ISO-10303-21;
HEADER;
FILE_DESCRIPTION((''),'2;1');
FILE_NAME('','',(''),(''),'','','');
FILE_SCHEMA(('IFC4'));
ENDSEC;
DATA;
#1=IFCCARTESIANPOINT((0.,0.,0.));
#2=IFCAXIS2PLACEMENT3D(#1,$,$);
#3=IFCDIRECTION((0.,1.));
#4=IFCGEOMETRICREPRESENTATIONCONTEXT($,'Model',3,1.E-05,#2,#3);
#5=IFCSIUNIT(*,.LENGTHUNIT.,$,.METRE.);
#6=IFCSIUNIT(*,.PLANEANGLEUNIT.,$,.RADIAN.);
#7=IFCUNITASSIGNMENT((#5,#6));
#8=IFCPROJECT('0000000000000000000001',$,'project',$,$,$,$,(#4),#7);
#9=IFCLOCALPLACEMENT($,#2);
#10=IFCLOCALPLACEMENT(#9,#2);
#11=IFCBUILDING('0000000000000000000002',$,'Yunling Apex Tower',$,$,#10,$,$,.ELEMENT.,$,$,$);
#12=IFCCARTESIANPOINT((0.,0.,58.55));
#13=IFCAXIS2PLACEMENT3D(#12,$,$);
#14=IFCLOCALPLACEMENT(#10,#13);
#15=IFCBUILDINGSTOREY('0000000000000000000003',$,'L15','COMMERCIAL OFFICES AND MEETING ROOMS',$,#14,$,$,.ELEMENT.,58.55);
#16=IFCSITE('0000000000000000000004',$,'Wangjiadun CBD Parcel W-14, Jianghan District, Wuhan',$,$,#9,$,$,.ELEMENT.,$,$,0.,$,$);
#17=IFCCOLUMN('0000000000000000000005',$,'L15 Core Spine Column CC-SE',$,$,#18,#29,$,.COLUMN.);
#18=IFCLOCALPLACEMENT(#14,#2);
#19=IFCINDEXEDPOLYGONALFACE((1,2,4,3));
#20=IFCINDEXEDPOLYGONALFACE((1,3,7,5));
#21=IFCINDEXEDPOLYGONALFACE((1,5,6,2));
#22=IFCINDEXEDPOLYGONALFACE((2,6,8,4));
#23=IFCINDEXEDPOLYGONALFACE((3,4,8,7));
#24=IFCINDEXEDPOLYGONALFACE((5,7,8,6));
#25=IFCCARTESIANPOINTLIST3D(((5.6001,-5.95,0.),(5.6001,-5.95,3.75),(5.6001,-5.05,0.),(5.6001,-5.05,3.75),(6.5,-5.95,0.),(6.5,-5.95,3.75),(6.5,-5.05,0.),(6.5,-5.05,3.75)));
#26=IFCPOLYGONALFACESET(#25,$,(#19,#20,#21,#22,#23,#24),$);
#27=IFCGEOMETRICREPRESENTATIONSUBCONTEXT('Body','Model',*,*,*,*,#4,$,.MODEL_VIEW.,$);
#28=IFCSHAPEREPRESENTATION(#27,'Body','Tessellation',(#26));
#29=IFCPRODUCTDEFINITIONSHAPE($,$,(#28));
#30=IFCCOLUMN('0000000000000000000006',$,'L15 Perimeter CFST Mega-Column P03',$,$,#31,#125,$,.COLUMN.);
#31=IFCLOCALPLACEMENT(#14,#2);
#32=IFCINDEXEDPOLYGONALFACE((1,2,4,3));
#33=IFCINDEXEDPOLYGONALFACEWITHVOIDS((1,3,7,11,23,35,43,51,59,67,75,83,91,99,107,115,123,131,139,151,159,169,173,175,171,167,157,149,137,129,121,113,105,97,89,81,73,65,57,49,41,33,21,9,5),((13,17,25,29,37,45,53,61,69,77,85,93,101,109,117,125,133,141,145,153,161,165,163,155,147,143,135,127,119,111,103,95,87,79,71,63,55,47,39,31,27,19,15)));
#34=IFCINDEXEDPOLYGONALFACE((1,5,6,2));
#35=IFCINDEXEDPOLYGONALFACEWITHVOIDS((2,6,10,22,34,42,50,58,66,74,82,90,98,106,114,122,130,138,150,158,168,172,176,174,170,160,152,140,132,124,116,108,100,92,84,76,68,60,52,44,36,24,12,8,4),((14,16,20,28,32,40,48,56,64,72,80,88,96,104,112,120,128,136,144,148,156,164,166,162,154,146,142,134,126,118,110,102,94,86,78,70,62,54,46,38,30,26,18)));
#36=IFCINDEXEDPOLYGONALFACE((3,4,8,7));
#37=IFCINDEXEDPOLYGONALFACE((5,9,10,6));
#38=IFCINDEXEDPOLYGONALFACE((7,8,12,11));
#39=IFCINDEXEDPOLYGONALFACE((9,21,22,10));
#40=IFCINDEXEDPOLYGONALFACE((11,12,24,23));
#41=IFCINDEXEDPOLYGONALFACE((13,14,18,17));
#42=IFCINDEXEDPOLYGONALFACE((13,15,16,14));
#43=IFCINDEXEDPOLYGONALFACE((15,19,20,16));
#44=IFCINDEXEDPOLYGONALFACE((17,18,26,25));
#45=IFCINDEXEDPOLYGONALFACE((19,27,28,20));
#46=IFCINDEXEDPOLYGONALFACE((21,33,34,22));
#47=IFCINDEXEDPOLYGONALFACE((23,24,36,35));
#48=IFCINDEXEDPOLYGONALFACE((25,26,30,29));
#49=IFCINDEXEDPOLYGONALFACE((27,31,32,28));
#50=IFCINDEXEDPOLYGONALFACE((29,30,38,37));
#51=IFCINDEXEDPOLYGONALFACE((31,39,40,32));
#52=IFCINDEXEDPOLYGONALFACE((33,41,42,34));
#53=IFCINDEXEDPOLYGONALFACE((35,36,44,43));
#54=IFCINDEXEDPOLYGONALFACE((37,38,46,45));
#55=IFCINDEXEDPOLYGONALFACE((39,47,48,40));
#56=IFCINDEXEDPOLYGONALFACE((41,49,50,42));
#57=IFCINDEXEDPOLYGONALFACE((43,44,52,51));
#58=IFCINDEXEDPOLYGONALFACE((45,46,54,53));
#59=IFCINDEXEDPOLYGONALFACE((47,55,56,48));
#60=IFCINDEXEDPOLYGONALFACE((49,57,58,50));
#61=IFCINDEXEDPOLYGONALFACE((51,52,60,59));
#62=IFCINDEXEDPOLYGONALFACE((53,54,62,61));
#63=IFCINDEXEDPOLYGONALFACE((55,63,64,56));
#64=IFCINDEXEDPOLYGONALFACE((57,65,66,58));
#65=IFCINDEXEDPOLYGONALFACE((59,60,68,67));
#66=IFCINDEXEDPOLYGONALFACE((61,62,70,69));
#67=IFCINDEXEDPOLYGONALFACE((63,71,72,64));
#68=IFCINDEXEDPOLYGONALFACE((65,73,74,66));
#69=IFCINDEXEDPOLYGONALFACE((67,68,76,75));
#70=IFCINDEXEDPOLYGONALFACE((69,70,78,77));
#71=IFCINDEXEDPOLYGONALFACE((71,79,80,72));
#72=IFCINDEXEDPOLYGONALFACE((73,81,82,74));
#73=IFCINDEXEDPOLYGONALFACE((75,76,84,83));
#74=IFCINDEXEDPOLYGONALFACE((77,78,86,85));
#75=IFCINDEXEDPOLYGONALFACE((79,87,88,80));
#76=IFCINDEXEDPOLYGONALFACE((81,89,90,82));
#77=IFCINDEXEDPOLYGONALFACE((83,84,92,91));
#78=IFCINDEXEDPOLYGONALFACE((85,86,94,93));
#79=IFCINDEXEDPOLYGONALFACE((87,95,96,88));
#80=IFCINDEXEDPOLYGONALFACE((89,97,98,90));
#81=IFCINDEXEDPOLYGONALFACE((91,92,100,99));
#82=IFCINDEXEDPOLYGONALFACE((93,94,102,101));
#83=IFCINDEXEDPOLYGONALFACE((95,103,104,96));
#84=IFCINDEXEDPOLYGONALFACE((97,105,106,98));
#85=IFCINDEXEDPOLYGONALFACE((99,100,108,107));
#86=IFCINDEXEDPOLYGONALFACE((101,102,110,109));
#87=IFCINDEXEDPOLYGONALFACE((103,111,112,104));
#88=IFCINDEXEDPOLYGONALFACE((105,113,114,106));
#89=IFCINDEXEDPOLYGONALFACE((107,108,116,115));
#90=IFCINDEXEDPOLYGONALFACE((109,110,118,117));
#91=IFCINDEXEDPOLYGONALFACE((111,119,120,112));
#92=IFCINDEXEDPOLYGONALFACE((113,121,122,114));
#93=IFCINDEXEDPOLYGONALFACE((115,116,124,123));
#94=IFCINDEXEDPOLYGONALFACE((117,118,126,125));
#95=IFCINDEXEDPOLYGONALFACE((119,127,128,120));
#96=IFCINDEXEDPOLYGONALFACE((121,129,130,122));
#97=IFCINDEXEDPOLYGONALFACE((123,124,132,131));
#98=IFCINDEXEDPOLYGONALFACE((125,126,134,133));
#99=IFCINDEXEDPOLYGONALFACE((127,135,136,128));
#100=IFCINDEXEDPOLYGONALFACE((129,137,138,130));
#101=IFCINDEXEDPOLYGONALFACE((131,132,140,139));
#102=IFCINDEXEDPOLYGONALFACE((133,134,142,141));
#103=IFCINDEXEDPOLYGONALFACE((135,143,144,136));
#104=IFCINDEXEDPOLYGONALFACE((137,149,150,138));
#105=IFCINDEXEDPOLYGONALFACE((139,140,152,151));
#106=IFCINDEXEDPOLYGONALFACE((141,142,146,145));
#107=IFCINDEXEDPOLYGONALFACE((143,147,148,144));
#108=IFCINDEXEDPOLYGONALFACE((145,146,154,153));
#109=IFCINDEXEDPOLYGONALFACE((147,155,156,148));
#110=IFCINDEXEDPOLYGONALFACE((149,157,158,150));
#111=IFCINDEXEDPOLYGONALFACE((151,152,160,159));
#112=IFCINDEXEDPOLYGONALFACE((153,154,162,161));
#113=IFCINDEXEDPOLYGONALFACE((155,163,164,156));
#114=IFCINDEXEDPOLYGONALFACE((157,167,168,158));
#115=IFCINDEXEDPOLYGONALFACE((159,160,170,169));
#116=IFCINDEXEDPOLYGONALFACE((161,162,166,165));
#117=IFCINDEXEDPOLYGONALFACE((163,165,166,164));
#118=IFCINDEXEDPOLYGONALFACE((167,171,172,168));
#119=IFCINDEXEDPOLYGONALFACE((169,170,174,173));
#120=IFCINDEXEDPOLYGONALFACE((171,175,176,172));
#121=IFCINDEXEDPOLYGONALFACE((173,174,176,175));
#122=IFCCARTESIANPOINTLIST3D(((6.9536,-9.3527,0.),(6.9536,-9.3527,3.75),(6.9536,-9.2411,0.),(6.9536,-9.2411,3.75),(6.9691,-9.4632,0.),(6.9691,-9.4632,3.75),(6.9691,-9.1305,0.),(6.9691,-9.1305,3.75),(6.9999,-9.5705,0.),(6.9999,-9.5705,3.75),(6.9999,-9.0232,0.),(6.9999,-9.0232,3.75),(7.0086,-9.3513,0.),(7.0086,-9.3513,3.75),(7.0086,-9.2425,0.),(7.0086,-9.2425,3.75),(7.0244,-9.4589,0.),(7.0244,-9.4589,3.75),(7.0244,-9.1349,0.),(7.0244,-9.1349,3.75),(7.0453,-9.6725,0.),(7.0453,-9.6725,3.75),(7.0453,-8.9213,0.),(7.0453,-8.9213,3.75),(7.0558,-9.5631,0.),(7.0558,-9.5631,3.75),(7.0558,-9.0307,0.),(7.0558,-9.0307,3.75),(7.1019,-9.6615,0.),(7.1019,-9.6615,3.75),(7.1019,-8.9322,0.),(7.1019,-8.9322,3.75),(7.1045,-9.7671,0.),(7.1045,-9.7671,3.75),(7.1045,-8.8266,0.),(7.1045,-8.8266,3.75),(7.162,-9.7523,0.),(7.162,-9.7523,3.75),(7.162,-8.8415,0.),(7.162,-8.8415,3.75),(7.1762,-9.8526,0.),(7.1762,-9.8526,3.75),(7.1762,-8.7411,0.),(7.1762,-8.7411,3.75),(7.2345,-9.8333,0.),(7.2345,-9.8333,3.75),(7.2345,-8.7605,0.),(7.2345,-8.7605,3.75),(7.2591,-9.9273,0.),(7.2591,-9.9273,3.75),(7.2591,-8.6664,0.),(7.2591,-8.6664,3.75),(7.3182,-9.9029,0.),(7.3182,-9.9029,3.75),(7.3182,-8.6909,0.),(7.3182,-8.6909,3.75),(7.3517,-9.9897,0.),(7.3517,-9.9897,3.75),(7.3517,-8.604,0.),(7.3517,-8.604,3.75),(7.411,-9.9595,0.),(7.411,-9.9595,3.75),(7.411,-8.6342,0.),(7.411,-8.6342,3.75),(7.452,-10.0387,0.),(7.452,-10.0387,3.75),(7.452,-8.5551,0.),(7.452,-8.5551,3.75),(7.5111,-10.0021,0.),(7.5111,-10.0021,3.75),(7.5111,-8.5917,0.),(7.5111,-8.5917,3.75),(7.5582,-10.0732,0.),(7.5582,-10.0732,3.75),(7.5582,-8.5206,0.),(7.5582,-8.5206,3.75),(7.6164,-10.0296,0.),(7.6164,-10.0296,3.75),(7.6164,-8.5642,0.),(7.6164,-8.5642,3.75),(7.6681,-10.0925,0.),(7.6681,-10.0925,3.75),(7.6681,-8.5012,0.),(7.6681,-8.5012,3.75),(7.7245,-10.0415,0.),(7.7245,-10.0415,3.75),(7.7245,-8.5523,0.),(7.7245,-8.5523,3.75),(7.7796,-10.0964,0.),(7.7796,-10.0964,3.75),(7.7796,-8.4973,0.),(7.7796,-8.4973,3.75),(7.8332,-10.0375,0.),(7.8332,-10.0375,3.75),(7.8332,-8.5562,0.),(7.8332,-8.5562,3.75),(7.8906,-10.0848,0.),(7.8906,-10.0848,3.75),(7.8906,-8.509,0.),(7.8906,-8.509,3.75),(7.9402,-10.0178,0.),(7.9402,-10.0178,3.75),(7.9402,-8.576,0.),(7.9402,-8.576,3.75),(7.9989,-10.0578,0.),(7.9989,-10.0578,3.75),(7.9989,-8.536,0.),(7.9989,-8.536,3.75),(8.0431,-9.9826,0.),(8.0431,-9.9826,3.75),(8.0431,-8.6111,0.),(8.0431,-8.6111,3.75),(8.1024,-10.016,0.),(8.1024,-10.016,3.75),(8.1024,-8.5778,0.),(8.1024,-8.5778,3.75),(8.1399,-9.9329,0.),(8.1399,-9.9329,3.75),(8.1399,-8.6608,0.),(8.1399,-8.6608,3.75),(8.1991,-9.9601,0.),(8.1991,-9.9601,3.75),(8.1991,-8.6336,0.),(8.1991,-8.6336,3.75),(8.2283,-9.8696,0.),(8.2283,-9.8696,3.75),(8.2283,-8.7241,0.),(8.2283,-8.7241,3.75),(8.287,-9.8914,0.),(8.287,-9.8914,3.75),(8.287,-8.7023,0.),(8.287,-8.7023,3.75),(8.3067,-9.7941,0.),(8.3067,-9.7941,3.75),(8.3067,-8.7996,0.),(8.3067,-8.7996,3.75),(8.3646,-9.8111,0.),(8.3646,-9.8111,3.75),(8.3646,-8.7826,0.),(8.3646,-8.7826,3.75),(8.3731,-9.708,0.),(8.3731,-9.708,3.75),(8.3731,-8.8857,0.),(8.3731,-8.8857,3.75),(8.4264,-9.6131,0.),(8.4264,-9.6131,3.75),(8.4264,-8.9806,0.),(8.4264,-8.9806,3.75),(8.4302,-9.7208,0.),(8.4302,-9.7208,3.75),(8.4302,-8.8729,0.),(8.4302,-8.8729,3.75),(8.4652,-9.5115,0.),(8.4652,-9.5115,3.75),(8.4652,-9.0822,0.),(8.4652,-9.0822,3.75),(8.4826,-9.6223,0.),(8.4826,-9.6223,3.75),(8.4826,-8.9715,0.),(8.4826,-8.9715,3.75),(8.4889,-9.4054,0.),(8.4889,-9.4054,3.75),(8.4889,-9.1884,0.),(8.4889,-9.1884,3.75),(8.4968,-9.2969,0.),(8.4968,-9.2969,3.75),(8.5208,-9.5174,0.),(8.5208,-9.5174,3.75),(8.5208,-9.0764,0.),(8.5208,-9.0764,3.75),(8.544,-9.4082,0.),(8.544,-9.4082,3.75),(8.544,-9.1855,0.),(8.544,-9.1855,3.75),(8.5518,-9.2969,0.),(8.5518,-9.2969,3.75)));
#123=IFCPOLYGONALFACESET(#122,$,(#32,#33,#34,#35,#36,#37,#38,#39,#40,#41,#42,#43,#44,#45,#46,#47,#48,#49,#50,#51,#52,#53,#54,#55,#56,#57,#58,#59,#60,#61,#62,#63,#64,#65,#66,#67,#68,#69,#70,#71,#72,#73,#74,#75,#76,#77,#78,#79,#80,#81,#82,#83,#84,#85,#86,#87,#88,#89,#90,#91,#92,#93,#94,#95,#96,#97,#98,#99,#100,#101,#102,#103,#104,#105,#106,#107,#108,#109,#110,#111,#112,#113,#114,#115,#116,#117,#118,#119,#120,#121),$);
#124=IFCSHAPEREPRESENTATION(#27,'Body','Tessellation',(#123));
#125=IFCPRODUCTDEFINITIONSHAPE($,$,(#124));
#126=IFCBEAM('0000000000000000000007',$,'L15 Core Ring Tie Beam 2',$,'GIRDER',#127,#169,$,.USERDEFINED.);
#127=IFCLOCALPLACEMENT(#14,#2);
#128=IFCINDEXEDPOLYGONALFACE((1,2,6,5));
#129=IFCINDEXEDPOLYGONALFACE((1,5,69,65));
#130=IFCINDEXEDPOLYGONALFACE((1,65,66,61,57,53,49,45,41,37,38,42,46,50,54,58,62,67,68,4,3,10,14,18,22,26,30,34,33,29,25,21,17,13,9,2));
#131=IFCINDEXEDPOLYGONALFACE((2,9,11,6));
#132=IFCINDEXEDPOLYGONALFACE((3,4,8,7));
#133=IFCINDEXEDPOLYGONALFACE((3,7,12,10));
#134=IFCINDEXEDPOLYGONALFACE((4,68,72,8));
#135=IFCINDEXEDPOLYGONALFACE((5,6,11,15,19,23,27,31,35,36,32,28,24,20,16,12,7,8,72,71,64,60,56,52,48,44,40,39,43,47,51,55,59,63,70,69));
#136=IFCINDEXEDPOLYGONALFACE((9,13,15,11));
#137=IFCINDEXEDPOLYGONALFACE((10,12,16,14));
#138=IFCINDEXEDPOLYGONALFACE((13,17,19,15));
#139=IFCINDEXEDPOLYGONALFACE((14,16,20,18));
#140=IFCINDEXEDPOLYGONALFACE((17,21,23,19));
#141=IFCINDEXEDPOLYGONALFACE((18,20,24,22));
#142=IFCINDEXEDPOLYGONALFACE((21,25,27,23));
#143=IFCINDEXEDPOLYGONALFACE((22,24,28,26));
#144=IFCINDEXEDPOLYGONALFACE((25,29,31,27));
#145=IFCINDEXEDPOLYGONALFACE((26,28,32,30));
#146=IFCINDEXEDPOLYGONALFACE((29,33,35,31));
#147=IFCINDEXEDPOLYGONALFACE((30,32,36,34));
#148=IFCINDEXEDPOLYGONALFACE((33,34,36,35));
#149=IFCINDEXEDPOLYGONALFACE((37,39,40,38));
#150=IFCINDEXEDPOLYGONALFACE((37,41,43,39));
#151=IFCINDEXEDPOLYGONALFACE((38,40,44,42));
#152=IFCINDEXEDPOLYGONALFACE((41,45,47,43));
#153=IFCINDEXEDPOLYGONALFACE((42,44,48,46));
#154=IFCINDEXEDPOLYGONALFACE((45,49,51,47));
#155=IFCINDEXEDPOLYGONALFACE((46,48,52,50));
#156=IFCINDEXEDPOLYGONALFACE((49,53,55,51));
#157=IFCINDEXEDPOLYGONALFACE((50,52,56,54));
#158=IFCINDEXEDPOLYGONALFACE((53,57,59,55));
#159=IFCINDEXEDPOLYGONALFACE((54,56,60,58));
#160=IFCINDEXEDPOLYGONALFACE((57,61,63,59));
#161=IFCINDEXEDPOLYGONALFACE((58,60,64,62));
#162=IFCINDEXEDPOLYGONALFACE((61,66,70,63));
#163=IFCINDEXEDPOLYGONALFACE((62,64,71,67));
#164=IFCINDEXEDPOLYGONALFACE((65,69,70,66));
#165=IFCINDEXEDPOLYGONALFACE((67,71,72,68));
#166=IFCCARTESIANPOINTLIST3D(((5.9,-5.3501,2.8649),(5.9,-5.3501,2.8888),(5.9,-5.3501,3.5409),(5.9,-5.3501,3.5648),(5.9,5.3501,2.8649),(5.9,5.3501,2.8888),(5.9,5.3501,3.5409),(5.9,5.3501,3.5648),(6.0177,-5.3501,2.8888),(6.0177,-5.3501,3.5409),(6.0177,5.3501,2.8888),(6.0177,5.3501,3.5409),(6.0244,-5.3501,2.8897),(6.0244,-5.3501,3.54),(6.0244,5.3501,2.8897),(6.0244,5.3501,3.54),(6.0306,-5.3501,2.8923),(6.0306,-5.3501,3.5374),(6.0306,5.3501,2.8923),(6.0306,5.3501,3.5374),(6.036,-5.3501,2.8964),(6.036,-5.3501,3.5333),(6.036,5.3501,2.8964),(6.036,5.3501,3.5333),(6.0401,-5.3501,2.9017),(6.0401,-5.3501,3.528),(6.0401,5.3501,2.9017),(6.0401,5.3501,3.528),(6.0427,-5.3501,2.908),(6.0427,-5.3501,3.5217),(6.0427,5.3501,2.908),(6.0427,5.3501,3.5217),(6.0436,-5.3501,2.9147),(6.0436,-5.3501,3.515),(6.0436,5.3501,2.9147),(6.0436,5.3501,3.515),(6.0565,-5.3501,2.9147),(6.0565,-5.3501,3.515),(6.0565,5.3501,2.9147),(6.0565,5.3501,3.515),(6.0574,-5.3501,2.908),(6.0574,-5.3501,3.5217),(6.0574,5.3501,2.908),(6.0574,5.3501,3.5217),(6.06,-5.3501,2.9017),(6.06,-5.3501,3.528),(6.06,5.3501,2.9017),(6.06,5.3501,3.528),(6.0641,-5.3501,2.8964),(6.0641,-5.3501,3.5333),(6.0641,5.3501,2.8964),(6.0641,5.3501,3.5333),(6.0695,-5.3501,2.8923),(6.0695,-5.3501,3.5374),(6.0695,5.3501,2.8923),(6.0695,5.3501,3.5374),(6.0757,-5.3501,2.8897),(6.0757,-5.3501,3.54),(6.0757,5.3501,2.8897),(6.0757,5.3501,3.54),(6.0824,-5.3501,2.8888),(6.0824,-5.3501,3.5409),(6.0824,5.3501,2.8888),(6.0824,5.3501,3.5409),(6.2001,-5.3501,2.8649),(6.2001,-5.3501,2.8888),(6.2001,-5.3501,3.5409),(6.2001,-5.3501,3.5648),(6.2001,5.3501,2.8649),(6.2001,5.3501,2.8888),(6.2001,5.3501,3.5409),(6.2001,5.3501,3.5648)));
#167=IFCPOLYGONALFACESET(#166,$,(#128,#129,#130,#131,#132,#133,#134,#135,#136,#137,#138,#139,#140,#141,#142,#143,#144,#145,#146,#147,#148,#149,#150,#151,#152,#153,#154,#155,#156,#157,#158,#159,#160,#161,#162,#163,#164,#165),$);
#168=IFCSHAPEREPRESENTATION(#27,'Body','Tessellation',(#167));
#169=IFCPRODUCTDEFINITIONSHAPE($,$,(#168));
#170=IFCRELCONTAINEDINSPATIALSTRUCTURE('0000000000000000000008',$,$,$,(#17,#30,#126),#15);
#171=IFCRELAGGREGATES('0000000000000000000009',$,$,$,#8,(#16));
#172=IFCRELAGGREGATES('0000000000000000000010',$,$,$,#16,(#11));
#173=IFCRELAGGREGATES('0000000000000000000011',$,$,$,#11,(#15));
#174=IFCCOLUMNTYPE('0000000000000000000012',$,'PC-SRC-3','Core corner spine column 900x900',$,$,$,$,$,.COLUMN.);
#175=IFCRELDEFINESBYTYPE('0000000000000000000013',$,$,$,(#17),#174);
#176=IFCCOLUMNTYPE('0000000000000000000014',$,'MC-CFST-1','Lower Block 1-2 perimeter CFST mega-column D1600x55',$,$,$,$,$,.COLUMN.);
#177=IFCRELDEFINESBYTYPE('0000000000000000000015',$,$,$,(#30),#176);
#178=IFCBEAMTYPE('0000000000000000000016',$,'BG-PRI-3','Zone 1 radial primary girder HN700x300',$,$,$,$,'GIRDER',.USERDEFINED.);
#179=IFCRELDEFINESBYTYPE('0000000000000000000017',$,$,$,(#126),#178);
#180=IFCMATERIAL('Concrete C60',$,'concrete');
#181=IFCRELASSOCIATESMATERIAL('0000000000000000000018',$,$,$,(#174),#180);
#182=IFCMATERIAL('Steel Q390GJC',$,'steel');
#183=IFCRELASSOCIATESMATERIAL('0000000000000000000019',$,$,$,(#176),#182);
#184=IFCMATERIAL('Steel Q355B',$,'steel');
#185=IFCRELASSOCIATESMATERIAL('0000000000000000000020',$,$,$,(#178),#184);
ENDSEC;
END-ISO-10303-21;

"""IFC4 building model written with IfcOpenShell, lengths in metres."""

from ifc_helpers import new_model, si_unit, direction, frame, origin, origin_2d, place, context, subcontext, project, spatial, rectangle, hollow_circle, i_section, extrude, source, transform, mapped, material, material_profile, profile_set, type_object, element, save


model = new_model("IFC4")

# Units and contexts
model_context = context("Model", 3, precision=1e-05, world=origin(), true_north=direction((0.0, 1.0)))
body_context = subcontext(model_context, "Body", "Model", "MODEL_VIEW")
ifc_project = project(units=[si_unit("LENGTHUNIT", "METRE"), si_unit("PLANEANGLEUNIT", "RADIAN")], contexts=[model_context])

# Site, building, storey
site_placement = place(None, origin())
site = spatial("IfcSite", under=ifc_project, at=site_placement, Name="Wangjiadun CBD Parcel W-14, Jianghan District, Wuhan", CompositionType="ELEMENT", RefElevation=0.0)
building_placement = place(site_placement, origin())
building = spatial("IfcBuilding", under=site, at=building_placement, Name="Yunling Apex Tower", CompositionType="ELEMENT")
storey_placement = place(building_placement, frame((0.0, 0.0, 58.55)))
storey = spatial("IfcBuildingStorey", under=building, at=storey_placement, Name="L15", Description="COMMERCIAL OFFICES AND MEETING ROOMS", CompositionType="ELEMENT", Elevation=58.55)

# Columns
ifc_material_1 = material(Name="Concrete C60", Category="concrete")
ifc_material_profile_1 = material_profile(ifc_material_1, rectangle(XDim=0.8999, YDim=0.8999, at=origin_2d()))
ifc_profile_set_1 = profile_set([ifc_material_profile_1], Name="Concrete C60")
column_type_1 = type_object("IfcColumnType", Name="PC-SRC-3", Description="Core corner spine column 900x900", PredefinedType="COLUMN", material=ifc_profile_set_1)
shared_shape_1 = source(origin(), body_context, "Body", "SweptSolid", [
    extrude(rectangle(XDim=0.8999, YDim=0.8999, at=origin_2d()), origin(), (0.0, 0.0, 1.0), 3.75),
])
column_1_placement = place(storey_placement, frame((6.05, -5.5, 0.0), z_axis=(0.0, 0.0, 1.0), x_axis=(1.0, 0.0, 0.0)))
element("IfcColumn", 1, at=column_1_placement, inside=storey, type_object=column_type_1, Name="L15 Core Spine Column CC-SE", PredefinedType="COLUMN", context=body_context, shape_type="MappedRepresentation", body=[
    mapped(shared_shape_1, transform((0.0, 0.0, 0.0), scale=1.0)),
])
ifc_material_2 = material(Name="Steel Q390GJC", Category="steel")
ifc_material_profile_2 = material_profile(ifc_material_2, hollow_circle(Radius=0.8, WallThickness=0.0549, at=origin_2d()))
ifc_profile_set_2 = profile_set([ifc_material_profile_2], Name="Steel Q390GJC")
column_type_2 = type_object("IfcColumnType", Name="MC-CFST-1", Description="Lower Block 1-2 perimeter CFST mega-column D1600x55", PredefinedType="COLUMN", material=ifc_profile_set_2)
shared_shape_2 = source(origin(), body_context, "Body", "SweptSolid", [
    extrude(hollow_circle(Radius=0.8, WallThickness=0.0549, at=origin_2d()), origin(), (0.0, 0.0, 1.0), 3.75),
])
column_2_placement = place(storey_placement, frame((7.7517, -9.2969, 0.0), z_axis=(0.0, 0.0, 1.0), x_axis=(1.0, 0.0, 0.0)))
element("IfcColumn", 2, at=column_2_placement, inside=storey, type_object=column_type_2, Name="L15 Perimeter CFST Mega-Column P03", PredefinedType="COLUMN", context=body_context, shape_type="MappedRepresentation", body=[
    mapped(shared_shape_2, transform((0.0, 0.0, 0.0), scale=1.0)),
])

# Beam
ifc_material_3 = material(Name="Steel Q355B", Category="steel")
ifc_material_profile_3 = material_profile(ifc_material_3, i_section(OverallWidth=0.3, OverallDepth=0.7, WebThickness=0.0129, FlangeThickness=0.0239, FilletRadius=0.0259, at=origin_2d()))
ifc_profile_set_3 = profile_set([ifc_material_profile_3], Name="Steel Q355B")
beam_type = type_object("IfcBeamType", Name="BG-PRI-3", Description="Zone 1 radial primary girder HN700x300", ElementType="GIRDER", PredefinedType="USERDEFINED", material=ifc_profile_set_3)
shared_shape_3 = source(origin(), body_context, "Body", "SweptSolid", [
    extrude(i_section(OverallWidth=0.3, OverallDepth=0.7, WebThickness=0.0129, FlangeThickness=0.0239, FilletRadius=0.0259, at=origin_2d()), origin(), (0.0, 0.0, 1.0), 10.7002),
])
beam_1_placement = place(storey_placement, frame((6.05, -5.3501, 3.2148), z_axis=(0.0, 1.0, 0.0), x_axis=(-1.0, 0.0, 0.0)))
element("IfcBeam", 3, at=beam_1_placement, inside=storey, type_object=beam_type, Name="L15 Core Ring Tie Beam 2", ObjectType="GIRDER", PredefinedType="USERDEFINED", context=body_context, shape_type="MappedRepresentation", body=[
    mapped(shared_shape_3, transform((0.0, 0.0, 0.0), scale=1.0)),
])

save(model, "model.ifc")
